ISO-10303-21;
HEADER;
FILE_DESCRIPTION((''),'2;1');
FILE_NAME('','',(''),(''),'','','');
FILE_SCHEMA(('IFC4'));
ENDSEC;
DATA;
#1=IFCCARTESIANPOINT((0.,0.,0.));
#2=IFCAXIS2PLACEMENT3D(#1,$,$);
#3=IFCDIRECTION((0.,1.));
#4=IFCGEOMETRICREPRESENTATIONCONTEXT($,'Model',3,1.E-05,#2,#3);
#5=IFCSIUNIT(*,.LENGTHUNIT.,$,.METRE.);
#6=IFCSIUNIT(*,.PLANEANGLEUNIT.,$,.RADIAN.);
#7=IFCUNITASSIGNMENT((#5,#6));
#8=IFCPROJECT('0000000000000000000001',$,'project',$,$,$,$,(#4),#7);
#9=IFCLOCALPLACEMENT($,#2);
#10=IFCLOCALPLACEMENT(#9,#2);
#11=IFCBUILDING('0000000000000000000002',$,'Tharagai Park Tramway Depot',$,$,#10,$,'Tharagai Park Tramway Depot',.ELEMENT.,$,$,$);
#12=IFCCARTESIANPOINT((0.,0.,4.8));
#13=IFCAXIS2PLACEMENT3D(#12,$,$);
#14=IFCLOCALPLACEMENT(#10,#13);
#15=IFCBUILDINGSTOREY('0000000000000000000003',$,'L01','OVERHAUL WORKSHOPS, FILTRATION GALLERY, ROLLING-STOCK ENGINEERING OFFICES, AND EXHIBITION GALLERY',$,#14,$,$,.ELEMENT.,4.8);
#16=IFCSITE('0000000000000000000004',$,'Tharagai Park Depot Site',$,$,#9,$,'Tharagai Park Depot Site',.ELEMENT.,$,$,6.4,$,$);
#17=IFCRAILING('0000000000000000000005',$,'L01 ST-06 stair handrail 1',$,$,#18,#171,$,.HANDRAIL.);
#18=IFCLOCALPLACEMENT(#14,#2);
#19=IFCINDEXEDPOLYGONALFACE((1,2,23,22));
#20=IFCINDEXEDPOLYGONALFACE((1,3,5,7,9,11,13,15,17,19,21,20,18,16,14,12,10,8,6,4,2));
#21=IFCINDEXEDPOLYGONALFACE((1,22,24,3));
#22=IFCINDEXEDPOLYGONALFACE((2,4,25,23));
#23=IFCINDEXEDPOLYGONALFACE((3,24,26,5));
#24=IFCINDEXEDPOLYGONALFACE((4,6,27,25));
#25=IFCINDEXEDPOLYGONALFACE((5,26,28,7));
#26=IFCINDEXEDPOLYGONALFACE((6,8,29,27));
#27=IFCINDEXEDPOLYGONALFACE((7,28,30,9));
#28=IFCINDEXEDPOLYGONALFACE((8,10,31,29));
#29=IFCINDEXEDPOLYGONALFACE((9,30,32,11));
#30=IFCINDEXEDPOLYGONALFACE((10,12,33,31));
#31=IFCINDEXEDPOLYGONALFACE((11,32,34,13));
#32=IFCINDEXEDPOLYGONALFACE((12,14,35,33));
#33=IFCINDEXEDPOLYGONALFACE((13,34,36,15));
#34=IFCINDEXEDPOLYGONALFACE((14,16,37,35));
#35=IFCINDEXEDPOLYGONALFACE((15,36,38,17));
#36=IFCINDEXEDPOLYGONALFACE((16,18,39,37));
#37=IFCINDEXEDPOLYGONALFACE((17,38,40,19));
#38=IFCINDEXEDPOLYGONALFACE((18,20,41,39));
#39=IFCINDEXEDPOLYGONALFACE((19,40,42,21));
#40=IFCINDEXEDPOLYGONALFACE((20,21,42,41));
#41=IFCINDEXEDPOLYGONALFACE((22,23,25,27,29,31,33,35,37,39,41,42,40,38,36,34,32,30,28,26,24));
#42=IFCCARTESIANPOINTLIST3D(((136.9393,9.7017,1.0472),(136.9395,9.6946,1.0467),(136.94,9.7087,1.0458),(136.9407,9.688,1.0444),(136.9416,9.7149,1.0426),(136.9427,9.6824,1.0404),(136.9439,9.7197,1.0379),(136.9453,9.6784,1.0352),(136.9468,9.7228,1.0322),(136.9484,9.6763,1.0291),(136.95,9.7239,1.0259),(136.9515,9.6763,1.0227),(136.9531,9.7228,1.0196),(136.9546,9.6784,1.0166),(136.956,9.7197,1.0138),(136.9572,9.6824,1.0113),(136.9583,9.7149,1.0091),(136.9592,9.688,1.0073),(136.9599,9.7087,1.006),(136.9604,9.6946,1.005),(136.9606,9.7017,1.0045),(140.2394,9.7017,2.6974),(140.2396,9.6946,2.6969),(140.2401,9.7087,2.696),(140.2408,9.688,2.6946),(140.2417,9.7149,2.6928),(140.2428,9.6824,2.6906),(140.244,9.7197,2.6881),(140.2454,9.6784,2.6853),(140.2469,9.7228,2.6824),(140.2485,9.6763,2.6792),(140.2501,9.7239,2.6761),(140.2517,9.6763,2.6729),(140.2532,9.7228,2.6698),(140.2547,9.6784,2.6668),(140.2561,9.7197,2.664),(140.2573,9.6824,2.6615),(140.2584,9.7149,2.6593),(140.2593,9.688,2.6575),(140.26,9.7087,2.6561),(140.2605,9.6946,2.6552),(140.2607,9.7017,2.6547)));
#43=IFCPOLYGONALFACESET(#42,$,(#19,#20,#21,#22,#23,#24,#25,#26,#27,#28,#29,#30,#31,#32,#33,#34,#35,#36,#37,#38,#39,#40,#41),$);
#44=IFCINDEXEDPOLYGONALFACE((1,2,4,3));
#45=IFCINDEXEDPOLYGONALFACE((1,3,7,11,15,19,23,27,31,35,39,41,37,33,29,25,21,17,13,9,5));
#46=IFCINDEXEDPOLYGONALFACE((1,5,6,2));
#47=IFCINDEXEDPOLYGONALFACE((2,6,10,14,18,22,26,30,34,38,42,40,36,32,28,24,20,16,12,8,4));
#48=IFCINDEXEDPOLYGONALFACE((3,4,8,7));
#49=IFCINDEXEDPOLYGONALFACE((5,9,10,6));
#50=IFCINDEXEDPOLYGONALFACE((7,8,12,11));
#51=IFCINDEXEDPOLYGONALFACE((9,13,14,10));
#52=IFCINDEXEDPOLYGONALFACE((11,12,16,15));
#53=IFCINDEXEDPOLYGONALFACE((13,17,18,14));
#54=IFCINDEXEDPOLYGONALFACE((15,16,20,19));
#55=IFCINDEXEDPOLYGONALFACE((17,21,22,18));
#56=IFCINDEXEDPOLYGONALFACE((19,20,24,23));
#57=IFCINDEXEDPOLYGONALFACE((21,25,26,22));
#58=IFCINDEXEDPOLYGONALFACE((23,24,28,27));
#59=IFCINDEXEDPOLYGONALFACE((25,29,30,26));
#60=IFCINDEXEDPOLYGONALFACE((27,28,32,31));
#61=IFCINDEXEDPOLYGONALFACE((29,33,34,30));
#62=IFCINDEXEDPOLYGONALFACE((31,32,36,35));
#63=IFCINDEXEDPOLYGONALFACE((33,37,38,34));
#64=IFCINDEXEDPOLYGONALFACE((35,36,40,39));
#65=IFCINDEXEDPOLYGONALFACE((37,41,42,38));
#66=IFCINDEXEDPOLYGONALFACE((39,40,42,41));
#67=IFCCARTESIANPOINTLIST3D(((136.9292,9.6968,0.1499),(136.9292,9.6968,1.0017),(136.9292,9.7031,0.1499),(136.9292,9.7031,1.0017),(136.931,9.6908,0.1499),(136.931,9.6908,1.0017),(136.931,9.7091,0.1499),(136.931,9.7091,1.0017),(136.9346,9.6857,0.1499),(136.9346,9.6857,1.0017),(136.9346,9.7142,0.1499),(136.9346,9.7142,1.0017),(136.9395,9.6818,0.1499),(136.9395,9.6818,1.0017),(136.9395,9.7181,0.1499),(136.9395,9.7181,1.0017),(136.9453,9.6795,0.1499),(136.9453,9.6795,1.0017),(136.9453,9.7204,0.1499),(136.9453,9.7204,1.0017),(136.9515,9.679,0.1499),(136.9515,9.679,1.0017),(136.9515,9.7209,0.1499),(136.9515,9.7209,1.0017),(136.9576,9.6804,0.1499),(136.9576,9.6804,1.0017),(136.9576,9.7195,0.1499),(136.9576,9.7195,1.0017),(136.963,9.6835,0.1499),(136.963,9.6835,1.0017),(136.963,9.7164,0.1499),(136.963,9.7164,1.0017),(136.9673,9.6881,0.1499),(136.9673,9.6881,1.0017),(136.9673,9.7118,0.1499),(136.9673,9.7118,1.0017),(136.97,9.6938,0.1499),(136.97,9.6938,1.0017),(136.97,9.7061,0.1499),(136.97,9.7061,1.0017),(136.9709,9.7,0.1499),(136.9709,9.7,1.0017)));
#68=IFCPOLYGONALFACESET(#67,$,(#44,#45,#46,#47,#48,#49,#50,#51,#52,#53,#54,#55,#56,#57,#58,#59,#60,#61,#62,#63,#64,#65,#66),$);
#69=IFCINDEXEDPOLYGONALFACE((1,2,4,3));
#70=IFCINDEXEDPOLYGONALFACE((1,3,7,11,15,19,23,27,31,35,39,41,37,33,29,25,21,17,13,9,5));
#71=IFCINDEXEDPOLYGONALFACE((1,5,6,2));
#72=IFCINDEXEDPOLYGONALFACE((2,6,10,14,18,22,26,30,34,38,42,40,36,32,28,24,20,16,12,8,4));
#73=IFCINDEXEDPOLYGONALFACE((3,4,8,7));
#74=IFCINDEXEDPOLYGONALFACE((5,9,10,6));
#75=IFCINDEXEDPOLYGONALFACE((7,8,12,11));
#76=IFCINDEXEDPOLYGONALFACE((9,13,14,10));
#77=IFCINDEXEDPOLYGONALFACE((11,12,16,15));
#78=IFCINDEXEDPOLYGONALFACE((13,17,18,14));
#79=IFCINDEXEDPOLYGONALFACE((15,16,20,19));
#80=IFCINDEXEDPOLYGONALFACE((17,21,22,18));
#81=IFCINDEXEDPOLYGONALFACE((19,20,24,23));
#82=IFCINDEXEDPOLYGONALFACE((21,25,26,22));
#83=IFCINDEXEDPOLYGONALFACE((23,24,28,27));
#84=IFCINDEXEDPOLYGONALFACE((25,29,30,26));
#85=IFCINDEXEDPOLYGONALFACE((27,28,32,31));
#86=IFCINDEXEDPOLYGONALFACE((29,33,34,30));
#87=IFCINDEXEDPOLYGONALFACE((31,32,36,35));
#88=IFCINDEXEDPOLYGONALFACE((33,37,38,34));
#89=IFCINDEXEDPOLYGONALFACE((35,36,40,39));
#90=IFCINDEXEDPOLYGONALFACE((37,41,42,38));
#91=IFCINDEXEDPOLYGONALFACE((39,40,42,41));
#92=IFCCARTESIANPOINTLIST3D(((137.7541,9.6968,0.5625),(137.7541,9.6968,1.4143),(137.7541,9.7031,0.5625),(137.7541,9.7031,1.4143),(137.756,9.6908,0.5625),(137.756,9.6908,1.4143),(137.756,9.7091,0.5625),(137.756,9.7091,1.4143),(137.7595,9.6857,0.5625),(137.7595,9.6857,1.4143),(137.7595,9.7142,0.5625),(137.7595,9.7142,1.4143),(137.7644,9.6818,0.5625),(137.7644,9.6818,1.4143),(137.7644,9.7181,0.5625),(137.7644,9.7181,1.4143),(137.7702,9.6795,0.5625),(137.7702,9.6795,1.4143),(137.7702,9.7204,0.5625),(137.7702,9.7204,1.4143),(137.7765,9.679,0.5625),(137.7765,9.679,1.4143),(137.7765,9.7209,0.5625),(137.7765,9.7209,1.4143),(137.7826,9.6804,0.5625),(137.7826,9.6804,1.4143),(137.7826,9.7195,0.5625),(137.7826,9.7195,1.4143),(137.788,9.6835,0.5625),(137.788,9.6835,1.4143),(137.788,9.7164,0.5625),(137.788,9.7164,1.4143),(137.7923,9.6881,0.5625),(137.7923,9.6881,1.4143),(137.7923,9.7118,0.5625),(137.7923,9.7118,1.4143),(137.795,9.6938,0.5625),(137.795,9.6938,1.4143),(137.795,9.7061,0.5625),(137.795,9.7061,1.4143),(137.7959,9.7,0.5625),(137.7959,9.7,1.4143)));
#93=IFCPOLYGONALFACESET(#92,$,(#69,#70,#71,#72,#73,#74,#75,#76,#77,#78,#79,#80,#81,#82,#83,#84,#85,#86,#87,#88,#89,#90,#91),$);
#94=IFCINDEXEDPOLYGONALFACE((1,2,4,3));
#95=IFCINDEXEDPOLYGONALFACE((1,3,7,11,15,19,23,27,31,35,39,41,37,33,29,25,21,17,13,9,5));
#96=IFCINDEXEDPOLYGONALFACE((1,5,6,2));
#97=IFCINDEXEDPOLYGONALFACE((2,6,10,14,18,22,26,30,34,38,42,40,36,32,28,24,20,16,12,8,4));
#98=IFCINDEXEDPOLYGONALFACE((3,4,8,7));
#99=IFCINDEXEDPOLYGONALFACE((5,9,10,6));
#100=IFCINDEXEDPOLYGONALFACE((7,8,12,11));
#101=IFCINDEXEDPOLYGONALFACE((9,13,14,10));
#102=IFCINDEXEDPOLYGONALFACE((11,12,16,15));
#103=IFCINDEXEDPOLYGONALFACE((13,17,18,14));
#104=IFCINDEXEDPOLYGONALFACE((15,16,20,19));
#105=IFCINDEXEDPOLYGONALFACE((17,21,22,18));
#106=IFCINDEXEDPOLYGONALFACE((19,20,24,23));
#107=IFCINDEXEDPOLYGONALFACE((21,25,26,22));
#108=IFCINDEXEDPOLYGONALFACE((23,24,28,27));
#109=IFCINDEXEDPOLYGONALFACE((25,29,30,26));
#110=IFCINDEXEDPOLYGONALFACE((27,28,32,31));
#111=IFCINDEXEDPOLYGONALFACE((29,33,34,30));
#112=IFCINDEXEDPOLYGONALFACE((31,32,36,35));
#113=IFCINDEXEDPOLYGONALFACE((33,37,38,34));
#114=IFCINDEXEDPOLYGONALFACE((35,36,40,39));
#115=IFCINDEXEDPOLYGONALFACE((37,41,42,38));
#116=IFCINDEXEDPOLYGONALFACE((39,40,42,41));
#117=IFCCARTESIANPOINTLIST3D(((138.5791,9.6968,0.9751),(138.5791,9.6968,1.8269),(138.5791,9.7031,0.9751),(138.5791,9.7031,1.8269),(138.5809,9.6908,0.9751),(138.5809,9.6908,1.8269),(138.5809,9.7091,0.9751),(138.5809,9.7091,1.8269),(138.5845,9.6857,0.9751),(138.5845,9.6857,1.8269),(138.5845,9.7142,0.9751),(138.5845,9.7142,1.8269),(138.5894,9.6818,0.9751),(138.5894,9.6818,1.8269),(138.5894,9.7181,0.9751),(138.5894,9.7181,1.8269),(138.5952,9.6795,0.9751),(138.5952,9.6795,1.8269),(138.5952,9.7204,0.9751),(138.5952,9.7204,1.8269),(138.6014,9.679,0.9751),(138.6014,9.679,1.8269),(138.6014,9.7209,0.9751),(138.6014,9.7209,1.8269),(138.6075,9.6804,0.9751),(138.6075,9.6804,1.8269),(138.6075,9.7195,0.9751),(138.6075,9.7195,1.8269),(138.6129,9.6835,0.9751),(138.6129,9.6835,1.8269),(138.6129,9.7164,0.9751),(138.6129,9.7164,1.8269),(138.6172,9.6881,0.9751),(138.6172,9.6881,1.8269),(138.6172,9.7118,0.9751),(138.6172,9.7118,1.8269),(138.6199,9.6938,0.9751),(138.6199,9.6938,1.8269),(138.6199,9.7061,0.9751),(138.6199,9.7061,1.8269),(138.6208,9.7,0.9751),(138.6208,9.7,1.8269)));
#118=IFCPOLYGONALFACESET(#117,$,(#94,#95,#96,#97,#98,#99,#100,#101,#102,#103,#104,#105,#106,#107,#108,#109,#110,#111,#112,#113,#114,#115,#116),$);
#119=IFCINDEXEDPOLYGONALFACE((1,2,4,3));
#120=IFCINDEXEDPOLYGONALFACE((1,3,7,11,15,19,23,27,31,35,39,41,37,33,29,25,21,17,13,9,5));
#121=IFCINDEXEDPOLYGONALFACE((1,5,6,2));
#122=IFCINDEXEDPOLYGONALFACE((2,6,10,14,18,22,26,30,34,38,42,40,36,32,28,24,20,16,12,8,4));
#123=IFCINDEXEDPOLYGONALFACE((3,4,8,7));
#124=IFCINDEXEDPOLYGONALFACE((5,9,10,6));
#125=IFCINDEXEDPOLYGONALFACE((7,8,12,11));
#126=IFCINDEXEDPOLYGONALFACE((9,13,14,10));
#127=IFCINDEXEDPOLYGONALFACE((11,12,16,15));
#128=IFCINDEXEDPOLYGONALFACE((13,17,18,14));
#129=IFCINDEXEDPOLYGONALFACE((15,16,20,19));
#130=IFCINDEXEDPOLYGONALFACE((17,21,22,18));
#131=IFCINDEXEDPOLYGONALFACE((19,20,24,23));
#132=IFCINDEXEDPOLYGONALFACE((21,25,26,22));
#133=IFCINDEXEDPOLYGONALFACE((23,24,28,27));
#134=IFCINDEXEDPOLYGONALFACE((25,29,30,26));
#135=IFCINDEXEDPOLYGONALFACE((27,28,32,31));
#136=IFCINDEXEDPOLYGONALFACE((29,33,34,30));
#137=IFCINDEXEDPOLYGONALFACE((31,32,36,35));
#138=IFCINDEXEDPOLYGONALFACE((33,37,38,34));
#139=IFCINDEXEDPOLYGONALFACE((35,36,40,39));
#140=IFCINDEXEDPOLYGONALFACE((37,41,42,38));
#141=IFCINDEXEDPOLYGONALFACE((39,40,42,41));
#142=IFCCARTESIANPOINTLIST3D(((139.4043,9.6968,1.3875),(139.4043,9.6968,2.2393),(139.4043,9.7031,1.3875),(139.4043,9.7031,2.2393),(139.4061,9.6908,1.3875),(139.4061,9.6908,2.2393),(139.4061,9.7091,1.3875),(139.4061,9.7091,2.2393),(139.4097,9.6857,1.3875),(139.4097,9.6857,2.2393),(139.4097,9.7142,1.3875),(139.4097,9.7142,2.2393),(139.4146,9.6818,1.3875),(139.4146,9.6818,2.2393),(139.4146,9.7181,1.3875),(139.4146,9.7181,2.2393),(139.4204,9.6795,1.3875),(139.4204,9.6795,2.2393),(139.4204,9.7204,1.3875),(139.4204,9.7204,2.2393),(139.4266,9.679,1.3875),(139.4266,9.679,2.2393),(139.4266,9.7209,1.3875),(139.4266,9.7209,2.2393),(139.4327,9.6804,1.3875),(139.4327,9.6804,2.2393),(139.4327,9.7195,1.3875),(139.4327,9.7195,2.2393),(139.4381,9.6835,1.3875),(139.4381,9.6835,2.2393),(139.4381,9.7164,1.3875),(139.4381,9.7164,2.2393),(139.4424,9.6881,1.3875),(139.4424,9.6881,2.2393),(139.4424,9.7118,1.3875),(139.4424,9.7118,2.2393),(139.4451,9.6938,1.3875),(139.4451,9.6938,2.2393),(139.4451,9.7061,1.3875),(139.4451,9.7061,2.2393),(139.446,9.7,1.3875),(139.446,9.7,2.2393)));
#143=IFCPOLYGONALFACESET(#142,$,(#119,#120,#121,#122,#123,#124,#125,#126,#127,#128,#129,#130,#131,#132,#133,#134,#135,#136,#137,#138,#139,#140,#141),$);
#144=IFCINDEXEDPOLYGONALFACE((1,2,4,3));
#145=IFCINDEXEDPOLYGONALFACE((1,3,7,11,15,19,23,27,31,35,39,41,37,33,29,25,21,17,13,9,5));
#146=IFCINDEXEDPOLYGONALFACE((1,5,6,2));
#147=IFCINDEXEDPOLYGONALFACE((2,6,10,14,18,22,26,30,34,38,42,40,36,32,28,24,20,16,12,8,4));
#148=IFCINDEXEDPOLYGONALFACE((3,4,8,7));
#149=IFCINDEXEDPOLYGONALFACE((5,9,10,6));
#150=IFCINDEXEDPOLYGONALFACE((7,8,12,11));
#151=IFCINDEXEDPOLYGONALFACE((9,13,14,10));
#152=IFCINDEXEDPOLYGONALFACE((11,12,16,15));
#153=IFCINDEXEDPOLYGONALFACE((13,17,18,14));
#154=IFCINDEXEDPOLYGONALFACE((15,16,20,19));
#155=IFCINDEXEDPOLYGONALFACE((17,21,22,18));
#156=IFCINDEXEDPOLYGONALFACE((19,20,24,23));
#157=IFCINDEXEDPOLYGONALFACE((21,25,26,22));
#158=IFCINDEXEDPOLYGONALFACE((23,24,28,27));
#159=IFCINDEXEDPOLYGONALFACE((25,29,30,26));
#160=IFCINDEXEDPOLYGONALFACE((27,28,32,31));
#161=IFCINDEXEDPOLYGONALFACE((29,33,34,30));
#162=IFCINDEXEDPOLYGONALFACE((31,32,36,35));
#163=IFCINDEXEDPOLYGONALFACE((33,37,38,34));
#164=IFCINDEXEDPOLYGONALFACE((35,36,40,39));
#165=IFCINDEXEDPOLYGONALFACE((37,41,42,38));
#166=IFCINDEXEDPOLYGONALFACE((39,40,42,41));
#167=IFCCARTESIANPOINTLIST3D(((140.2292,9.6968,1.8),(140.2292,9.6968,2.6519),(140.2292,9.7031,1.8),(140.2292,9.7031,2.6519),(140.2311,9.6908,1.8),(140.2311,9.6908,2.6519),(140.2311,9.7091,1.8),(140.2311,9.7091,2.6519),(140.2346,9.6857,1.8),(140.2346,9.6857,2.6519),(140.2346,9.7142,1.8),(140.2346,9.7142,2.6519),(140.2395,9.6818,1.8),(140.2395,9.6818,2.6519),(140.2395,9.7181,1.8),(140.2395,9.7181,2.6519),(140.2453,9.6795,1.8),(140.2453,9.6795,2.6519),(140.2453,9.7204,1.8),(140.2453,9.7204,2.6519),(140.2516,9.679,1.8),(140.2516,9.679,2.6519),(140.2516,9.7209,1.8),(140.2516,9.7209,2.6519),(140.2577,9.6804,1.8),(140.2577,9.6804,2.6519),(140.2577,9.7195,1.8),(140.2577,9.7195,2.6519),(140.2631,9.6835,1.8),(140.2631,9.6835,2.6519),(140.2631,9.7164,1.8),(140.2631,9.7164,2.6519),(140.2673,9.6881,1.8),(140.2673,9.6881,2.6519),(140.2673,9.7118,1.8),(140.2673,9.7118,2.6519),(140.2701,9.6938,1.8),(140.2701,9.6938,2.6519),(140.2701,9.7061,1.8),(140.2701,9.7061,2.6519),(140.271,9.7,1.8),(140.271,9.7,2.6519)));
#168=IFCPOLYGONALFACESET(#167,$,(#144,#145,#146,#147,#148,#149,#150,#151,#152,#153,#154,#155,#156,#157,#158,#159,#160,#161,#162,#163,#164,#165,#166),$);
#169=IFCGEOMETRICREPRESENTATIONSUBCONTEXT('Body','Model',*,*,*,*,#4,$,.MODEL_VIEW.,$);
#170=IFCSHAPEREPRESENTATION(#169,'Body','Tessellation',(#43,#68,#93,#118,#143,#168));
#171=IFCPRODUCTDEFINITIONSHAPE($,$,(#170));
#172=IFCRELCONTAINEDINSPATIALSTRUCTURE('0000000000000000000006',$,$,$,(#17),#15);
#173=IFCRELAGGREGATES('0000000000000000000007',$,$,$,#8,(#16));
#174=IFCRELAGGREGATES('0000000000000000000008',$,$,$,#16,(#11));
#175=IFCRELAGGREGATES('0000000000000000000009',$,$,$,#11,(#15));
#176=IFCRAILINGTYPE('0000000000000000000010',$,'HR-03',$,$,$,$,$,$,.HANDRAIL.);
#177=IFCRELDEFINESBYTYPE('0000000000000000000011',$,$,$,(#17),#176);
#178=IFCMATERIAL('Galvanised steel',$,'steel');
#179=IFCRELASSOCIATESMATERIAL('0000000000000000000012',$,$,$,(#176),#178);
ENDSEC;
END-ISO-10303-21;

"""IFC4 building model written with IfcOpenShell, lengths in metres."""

from ifc_helpers import new_model, si_unit, direction, frame, origin, origin_2d, place, context, subcontext, project, spatial, circle, extrude, material, type_object, element, save


model = new_model("IFC4")

# Units and contexts
model_context = context("Model", 3, precision=1e-05, world=origin(), true_north=direction((0.0, 1.0)))
body_context = subcontext(model_context, "Body", "Model", "MODEL_VIEW")
ifc_project = project(units=[si_unit("LENGTHUNIT", "METRE"), si_unit("PLANEANGLEUNIT", "RADIAN")], contexts=[model_context])

# Site, building, storey
site_placement = place(None, origin())
site = spatial("IfcSite", under=ifc_project, at=site_placement, Name="Tharagai Park Depot Site", LongName="Tharagai Park Depot Site", CompositionType="ELEMENT", RefElevation=6.4)
building_placement = place(site_placement, origin())
building = spatial("IfcBuilding", under=site, at=building_placement, Name="Tharagai Park Tramway Depot", LongName="Tharagai Park Tramway Depot", CompositionType="ELEMENT")
storey_placement = place(building_placement, frame((0.0, 0.0, 4.8)))
storey = spatial("IfcBuildingStorey", under=building, at=storey_placement, Name="L01", Description="OVERHAUL WORKSHOPS, FILTRATION GALLERY, ROLLING-STOCK ENGINEERING OFFICES, AND EXHIBITION GALLERY", CompositionType="ELEMENT", Elevation=4.8)

# Railing
ifc_material_1 = material(Name="Galvanised steel", Category="steel")
railing_type_1 = type_object("IfcRailingType", Name="HR-03", PredefinedType="HANDRAIL", material=ifc_material_1)
railing_1_placement = place(storey_placement, frame((136.95, 9.7, 0.1499)))
element("IfcRailing", 1, at=railing_1_placement, inside=storey, type_object=railing_type_1, Name="L01 ST-06 stair handrail 1", PredefinedType="HANDRAIL", context=body_context, shape_type="SweptSolid", body=[
    extrude(circle(Radius=0.0239, at=origin_2d()), frame((0.0, 0.0, 0.876), z_axis=(0.894414, 0.0, 0.44724), x_axis=(0.0, 1.0, 0.0)), (0.0, 0.0, 1.0), 3.6897),
    extrude(circle(Radius=0.021, at=origin_2d()), origin(), (0.0, 0.0, 1.0), 0.8518),
    extrude(circle(Radius=0.021, at=origin_2d()), frame((0.825, 0.0, 0.4126)), (0.0, 0.0, 1.0), 0.8518),
    extrude(circle(Radius=0.021, at=origin_2d()), frame((1.6499, 0.0, 0.8252)), (0.0, 0.0, 1.0), 0.8518),
    extrude(circle(Radius=0.021, at=origin_2d()), frame((2.4751, 0.0, 1.2375)), (0.0, 0.0, 1.0), 0.8518),
    extrude(circle(Radius=0.021, at=origin_2d()), frame((3.3, 0.0, 1.6501)), (0.0, 0.0, 1.0), 0.8518),
])

save(model, "model.ifc")
